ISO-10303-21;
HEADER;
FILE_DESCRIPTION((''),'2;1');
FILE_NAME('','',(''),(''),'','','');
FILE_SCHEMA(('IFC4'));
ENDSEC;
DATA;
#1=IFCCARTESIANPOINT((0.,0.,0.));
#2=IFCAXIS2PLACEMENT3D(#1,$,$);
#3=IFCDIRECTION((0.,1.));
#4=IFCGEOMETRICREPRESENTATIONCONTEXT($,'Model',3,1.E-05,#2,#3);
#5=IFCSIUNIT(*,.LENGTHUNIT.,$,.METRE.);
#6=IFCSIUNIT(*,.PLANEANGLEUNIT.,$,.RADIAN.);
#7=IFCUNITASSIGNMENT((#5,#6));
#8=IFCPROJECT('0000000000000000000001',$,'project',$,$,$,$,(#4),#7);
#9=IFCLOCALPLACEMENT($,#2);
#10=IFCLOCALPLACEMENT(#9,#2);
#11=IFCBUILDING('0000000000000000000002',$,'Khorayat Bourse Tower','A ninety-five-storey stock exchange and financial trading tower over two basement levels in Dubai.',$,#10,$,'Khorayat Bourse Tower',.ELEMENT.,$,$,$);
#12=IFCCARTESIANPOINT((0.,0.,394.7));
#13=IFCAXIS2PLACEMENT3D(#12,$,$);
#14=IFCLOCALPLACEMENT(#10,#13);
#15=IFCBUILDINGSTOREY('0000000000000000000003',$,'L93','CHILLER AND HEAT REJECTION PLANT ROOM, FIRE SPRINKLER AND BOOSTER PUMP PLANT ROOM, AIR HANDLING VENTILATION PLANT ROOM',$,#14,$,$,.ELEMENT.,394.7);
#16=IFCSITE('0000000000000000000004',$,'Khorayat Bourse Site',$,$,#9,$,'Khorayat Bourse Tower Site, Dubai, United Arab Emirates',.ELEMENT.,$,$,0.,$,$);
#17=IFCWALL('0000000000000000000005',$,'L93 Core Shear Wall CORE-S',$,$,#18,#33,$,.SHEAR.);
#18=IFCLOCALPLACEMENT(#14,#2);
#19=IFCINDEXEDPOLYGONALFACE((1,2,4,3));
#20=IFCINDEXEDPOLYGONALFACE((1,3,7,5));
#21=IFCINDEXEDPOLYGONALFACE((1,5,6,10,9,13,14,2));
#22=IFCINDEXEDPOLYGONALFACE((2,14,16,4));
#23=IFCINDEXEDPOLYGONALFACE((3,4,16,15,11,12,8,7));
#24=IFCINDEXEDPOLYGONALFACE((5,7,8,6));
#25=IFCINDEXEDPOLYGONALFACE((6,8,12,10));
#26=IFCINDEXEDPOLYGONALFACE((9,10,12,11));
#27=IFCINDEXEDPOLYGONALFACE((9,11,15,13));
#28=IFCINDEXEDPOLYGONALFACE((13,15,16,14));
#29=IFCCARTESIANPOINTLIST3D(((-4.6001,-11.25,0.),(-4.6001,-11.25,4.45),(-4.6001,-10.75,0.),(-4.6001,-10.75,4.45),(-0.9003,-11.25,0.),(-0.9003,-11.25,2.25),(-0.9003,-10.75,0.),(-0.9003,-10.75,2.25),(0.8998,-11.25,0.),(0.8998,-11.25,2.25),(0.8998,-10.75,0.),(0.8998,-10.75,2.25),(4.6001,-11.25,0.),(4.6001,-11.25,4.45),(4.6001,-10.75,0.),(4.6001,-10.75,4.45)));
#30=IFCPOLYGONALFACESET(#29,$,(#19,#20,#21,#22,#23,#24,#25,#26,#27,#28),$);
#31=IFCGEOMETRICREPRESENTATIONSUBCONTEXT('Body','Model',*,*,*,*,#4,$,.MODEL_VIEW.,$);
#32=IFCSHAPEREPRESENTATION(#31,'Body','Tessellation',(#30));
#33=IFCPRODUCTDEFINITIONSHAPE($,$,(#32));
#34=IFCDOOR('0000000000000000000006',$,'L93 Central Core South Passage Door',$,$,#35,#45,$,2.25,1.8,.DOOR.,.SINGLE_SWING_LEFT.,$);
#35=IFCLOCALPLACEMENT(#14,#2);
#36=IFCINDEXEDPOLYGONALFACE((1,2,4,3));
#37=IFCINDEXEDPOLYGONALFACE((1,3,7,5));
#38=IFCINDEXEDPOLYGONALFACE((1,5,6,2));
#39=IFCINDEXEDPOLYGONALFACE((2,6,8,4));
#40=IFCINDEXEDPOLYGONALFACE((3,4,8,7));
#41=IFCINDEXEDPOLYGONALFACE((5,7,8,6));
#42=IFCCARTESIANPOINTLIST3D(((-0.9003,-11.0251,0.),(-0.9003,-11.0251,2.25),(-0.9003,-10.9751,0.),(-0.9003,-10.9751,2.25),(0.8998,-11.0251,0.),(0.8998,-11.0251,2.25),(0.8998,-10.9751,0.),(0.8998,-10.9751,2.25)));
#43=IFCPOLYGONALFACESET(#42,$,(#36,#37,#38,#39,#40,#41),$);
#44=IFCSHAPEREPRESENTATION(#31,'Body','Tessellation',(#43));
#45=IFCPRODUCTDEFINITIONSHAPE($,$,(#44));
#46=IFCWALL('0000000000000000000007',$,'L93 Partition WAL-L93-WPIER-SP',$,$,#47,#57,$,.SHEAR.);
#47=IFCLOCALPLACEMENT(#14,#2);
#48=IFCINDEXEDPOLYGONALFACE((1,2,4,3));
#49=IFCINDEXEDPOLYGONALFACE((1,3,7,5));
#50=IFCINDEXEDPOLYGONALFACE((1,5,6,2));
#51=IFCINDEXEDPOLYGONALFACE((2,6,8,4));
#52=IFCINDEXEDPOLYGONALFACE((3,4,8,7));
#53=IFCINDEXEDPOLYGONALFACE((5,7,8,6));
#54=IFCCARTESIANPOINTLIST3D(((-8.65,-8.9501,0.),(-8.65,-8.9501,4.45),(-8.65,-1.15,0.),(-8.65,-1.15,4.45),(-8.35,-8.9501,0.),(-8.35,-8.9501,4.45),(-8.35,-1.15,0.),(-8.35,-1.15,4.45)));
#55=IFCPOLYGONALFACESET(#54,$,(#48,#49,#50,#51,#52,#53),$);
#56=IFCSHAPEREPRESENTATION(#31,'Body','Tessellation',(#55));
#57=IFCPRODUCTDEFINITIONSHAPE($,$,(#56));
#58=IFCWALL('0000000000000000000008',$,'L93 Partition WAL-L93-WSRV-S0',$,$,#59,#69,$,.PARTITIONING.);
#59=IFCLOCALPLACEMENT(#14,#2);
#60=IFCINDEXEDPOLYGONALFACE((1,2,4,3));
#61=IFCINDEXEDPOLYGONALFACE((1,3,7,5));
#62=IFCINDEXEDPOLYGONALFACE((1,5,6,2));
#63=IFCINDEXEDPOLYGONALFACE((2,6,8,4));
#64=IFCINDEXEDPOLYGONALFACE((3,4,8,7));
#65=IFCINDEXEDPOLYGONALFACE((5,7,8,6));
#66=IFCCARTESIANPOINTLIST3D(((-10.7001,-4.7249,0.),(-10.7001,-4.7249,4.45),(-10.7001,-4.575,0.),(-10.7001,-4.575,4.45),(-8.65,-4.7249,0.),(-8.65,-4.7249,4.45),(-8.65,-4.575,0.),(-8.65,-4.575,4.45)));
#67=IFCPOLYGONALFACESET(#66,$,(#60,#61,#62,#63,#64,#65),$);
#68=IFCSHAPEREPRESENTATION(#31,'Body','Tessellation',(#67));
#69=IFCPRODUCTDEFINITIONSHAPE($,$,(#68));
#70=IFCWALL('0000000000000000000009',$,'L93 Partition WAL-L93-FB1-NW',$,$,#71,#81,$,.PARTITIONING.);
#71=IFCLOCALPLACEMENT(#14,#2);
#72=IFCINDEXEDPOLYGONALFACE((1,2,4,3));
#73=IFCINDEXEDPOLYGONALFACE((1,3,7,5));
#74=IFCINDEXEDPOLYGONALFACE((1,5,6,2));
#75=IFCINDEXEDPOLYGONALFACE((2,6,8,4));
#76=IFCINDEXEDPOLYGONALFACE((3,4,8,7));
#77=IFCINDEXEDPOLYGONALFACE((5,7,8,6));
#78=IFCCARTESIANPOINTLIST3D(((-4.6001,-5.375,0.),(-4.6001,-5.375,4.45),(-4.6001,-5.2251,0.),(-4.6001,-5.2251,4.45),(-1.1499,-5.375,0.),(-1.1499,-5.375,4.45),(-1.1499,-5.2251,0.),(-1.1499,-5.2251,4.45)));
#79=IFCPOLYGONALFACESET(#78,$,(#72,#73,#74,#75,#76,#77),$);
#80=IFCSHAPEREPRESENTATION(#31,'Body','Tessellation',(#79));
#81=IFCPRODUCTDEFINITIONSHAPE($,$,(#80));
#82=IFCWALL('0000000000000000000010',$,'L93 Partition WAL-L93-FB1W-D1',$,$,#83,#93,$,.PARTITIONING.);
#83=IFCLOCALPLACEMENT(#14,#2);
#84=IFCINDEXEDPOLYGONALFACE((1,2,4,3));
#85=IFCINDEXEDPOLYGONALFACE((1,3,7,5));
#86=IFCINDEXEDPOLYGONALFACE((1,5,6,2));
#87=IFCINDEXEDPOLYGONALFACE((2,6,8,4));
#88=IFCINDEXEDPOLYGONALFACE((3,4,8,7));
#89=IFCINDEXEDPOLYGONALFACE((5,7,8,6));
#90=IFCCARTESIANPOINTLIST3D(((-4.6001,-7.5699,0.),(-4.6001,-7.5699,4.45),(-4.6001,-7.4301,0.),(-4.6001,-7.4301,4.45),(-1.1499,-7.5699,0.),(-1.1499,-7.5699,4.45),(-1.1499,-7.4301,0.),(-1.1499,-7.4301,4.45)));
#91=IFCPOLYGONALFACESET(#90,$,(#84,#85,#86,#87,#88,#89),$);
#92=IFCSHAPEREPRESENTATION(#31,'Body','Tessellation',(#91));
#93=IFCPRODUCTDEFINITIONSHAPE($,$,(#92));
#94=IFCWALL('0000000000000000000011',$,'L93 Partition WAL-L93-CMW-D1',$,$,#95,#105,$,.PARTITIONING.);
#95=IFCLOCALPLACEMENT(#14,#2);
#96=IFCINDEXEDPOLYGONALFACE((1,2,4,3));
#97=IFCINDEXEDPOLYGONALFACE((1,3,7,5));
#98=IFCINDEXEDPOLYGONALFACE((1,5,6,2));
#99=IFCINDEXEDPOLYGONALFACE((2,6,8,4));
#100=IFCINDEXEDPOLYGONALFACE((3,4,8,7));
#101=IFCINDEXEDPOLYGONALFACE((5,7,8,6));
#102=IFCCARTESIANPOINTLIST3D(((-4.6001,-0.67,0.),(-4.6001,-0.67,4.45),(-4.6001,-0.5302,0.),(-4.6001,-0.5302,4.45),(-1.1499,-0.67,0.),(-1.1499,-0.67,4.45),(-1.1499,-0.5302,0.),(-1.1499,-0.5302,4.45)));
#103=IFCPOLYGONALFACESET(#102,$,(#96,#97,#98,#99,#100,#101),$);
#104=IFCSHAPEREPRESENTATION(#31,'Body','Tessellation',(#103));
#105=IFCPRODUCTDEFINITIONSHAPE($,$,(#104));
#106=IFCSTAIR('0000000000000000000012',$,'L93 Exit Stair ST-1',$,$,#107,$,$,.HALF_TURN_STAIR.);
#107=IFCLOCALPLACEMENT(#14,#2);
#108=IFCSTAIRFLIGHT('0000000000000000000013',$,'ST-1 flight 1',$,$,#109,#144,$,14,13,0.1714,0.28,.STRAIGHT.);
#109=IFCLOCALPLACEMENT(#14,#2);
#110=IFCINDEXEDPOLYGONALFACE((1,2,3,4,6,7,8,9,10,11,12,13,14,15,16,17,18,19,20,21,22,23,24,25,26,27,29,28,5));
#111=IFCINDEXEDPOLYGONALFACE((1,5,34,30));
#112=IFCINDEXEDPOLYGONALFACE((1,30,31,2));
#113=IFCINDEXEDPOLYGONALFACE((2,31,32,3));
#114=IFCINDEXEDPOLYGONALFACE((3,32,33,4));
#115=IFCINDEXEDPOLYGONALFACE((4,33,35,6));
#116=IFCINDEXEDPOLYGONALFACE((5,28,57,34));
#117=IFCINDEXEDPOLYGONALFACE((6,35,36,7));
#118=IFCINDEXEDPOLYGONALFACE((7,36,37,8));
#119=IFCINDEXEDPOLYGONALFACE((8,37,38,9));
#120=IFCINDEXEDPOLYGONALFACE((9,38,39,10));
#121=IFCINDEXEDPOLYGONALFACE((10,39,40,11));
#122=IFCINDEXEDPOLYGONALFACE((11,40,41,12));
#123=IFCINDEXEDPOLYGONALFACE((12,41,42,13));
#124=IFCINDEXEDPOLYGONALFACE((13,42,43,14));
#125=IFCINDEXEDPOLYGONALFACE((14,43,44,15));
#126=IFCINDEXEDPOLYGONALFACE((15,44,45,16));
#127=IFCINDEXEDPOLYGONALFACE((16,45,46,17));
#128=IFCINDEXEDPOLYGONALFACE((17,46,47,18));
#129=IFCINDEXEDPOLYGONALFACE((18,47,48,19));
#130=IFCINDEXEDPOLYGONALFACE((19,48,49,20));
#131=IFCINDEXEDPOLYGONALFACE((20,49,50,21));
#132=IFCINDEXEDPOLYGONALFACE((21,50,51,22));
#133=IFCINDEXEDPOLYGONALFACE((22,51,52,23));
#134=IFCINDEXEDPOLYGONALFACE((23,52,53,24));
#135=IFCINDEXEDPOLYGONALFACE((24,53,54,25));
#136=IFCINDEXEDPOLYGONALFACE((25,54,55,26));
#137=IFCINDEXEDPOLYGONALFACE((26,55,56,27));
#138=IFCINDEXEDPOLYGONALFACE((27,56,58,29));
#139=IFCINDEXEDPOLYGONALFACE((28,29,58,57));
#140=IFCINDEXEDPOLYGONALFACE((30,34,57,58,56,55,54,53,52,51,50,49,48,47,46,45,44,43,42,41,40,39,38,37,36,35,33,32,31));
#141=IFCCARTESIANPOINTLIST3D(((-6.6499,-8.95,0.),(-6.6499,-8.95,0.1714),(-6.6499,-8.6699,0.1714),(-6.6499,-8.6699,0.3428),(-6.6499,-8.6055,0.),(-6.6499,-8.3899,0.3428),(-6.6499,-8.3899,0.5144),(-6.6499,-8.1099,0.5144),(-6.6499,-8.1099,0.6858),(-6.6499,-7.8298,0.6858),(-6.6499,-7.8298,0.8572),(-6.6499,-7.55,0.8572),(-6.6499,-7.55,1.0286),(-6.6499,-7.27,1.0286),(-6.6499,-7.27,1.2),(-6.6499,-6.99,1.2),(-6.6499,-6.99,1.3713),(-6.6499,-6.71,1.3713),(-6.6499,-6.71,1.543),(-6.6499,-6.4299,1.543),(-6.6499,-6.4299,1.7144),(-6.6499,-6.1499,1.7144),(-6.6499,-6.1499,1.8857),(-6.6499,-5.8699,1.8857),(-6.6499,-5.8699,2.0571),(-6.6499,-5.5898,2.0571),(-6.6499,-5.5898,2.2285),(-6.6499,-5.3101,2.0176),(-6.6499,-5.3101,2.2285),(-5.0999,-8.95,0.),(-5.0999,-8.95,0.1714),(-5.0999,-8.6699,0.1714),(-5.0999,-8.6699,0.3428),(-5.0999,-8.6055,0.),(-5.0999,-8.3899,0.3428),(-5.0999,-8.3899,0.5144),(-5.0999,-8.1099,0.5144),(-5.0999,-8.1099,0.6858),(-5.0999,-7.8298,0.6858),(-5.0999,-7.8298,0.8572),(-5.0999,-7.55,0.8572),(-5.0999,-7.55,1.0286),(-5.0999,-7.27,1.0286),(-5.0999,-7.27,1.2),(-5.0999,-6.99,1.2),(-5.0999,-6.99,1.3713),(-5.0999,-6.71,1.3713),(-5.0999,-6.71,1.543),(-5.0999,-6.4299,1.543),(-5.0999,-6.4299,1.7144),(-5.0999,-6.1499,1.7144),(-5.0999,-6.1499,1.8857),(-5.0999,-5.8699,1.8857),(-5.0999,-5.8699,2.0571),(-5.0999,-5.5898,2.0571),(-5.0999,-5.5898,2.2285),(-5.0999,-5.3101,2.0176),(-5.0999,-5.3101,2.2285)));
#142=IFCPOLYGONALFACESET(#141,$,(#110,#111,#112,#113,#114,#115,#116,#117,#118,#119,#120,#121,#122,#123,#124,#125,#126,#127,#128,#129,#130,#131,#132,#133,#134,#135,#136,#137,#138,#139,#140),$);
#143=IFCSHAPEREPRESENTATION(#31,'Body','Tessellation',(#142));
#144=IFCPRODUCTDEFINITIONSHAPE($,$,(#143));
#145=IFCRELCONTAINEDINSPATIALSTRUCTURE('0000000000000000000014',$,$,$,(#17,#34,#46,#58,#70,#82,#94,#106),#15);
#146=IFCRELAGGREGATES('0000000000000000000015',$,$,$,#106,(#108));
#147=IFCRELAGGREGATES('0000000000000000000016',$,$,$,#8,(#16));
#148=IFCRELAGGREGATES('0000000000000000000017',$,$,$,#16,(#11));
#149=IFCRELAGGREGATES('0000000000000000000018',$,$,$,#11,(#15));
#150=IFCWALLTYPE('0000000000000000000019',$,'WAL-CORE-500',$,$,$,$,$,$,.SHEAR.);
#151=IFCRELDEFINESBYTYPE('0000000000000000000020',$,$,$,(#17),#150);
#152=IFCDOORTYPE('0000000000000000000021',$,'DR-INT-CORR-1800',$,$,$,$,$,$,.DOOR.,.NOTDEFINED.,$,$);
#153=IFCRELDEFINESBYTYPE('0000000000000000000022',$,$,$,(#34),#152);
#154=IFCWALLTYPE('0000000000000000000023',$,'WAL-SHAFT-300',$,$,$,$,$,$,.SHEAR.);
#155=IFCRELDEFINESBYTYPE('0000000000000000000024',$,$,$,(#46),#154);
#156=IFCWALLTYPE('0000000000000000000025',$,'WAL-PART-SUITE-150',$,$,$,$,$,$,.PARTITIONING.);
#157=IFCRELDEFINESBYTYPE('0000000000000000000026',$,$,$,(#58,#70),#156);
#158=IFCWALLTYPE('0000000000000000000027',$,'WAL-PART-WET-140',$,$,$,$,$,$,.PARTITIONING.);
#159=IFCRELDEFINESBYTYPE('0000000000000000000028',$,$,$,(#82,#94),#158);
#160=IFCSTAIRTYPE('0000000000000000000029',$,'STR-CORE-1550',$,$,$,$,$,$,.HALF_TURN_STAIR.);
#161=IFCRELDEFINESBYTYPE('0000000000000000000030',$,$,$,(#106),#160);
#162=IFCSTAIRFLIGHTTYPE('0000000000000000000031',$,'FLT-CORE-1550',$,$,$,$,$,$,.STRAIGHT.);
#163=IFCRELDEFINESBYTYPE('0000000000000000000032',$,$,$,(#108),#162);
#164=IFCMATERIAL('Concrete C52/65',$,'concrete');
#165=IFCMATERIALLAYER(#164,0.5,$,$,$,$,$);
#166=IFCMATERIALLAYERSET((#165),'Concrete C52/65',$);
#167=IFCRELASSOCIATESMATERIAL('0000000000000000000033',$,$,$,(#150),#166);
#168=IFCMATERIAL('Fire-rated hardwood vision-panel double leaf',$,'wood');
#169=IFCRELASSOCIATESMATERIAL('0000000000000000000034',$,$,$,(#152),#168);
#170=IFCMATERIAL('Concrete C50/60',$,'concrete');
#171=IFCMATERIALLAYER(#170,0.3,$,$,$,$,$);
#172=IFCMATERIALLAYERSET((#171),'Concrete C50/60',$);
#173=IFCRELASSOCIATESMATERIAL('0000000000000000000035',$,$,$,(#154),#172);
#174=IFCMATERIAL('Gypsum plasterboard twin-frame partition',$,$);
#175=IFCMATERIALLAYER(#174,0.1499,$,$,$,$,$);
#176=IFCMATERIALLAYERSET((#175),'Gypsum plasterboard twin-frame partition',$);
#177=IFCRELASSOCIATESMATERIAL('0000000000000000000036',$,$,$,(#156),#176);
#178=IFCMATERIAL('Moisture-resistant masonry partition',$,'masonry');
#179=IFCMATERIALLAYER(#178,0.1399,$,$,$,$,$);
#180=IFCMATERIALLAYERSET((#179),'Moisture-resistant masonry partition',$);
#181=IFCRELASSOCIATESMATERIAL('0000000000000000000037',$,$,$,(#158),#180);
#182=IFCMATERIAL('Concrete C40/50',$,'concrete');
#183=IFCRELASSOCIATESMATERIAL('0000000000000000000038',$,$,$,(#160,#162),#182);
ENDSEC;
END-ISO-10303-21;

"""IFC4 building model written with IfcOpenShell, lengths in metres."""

from ifc_helpers import new_model, si_unit, direction, frame, frame_2d, origin, place, context, subcontext, project, spatial, polyline, rectangle, outline, extrude, source, transform, mapped, material, layer, layer_set, type_object, element, fill, aggregate, save


model = new_model("IFC4")

# Units and contexts
model_context = context("Model", 3, precision=1e-05, world=origin(), true_north=direction((0.0, 1.0)))
body_context = subcontext(model_context, "Body", "Model", "MODEL_VIEW")
ifc_project = project(units=[si_unit("LENGTHUNIT", "METRE"), si_unit("PLANEANGLEUNIT", "RADIAN")], contexts=[model_context])

# Site, building, storey
site_placement = place(None, origin())
site = spatial("IfcSite", under=ifc_project, at=site_placement, Name="Khorayat Bourse Site", LongName="Khorayat Bourse Tower Site, Dubai, United Arab Emirates", CompositionType="ELEMENT", RefElevation=0.0)
building_placement = place(site_placement, origin())
building = spatial("IfcBuilding", under=site, at=building_placement, Name="Khorayat Bourse Tower", Description="A ninety-five-storey stock exchange and financial trading tower over two basement levels in Dubai.", LongName="Khorayat Bourse Tower", CompositionType="ELEMENT")
storey_placement = place(building_placement, frame((0.0, 0.0, 394.7)))
storey = spatial("IfcBuildingStorey", under=building, at=storey_placement, Name="L93", Description="CHILLER AND HEAT REJECTION PLANT ROOM, FIRE SPRINKLER AND BOOSTER PUMP PLANT ROOM, AIR HANDLING VENTILATION PLANT ROOM", CompositionType="ELEMENT", Elevation=394.7)

# Shared definitions
ifc_material_1 = material(Name="Concrete C52/65", Category="concrete")

# Shared definitions
ifc_layer_1 = layer(ifc_material_1, 0.5)
ifc_layer_set_1 = layer_set([ifc_layer_1], Name="Concrete C52/65")
wall_type_1 = type_object("IfcWallType", Name="WAL-CORE-500", PredefinedType="SHEAR", material=ifc_layer_set_1)

# Wall, opening, door
shared_shape_1 = source(origin(), body_context, "Body", "SweptSolid", [
    extrude(rectangle(XDim=9.2002, YDim=0.5, at=frame_2d((4.6001, 0.0))), origin(), (0.0, 0.0, 1.0), 4.45),
])
wall_1_placement = place(storey_placement, frame((-4.6001, -11.0, 0.0), z_axis=(0.0, 0.0, 1.0), x_axis=(1.0, 0.0, 0.0)))
wall_1 = element("IfcWall", 1, at=wall_1_placement, inside=storey, type_object=wall_type_1, Name="L93 Core Shear Wall CORE-S", PredefinedType="SHEAR", context=body_context, shape_type="MappedRepresentation", body=[
    mapped(shared_shape_1, transform((0.0, 0.0, 0.0), scale=1.0)),
])
shared_shape_2 = source(origin(), body_context, "Body", "SweptSolid", [
    extrude(rectangle(XDim=1.8, YDim=2.25, at=frame_2d((0.8999, 1.125))), frame((0.0, 0.26, 0.0), z_axis=(0.0, -1.0, 0.0), x_axis=(1.0, 0.0, 0.0)), (0.0, 0.0, 1.0), 0.52),
])
opening_1_placement = place(wall_1_placement, frame((3.7, 0.0, 0.0)))
opening_1 = element("IfcOpeningElement", 2, at=opening_1_placement, cuts=wall_1, PredefinedType="OPENING", context=body_context, shape_type="MappedRepresentation", body=[
    mapped(shared_shape_2, transform((0.0, 0.0, 0.0), scale=1.0)),
])
ifc_material_2 = material(Name="Fire-rated hardwood vision-panel double leaf", Category="wood")
door_type_1 = type_object("IfcDoorType", Name="DR-INT-CORR-1800", OperationType="NOTDEFINED", PredefinedType="DOOR", material=ifc_material_2)
shared_shape_3 = source(origin(), body_context, "Body", "SweptSolid", [
    extrude(rectangle(XDim=1.8, YDim=2.25, at=frame_2d((0.8999, 1.125))), frame((0.0, 0.0249, 0.0), z_axis=(0.0, -1.0, 0.0), x_axis=(1.0, 0.0, 0.0)), (0.0, 0.0, 1.0), 0.05),
])
door_1_placement = place(opening_1_placement, origin())
door_1 = element("IfcDoor", 3, at=door_1_placement, inside=storey, type_object=door_type_1, Name="L93 Central Core South Passage Door", OperationType="SINGLE_SWING_LEFT", OverallHeight=2.25, OverallWidth=1.8, PredefinedType="DOOR", context=body_context, shape_type="MappedRepresentation", body=[
    mapped(shared_shape_3, transform((0.0, 0.0, 0.0), scale=1.0)),
])
fill(opening_1, door_1)

# Walls
ifc_material_3 = material(Name="Concrete C50/60", Category="concrete")
ifc_layer_2 = layer(ifc_material_3, 0.3)
ifc_layer_set_2 = layer_set([ifc_layer_2], Name="Concrete C50/60")
wall_type_2 = type_object("IfcWallType", Name="WAL-SHAFT-300", PredefinedType="SHEAR", material=ifc_layer_set_2)
shared_shape_4 = source(origin(), body_context, "Body", "SweptSolid", [
    extrude(rectangle(XDim=7.8, YDim=0.3, at=frame_2d((3.8999, 0.0))), origin(), (0.0, 0.0, 1.0), 4.45),
])
wall_2_placement = place(storey_placement, frame((-8.5, -8.95, 0.0), z_axis=(0.0, 0.0, 1.0), x_axis=(0.0, 1.0, 0.0)))
element("IfcWall", 4, at=wall_2_placement, inside=storey, type_object=wall_type_2, Name="L93 Partition WAL-L93-WPIER-SP", PredefinedType="SHEAR", context=body_context, shape_type="MappedRepresentation", body=[
    mapped(shared_shape_4, transform((0.0, 0.0, 0.0), scale=1.0)),
])
ifc_material_4 = material(Name="Gypsum plasterboard twin-frame partition")
ifc_layer_3 = layer(ifc_material_4, 0.1499)
ifc_layer_set_3 = layer_set([ifc_layer_3], Name="Gypsum plasterboard twin-frame partition")
wall_type_3 = type_object("IfcWallType", Name="WAL-PART-SUITE-150", PredefinedType="PARTITIONING", material=ifc_layer_set_3)
shared_shape_5 = source(origin(), body_context, "Body", "SweptSolid", [
    extrude(rectangle(XDim=2.05, YDim=0.1499, at=frame_2d((1.0249, 0.0))), origin(), (0.0, 0.0, 1.0), 4.45),
])
wall_3_placement = place(storey_placement, frame((-10.7, -4.6499, 0.0), z_axis=(0.0, 0.0, 1.0), x_axis=(1.0, 0.0, 0.0)))
element("IfcWall", 5, at=wall_3_placement, inside=storey, type_object=wall_type_3, Name="L93 Partition WAL-L93-WSRV-S0", PredefinedType="PARTITIONING", context=body_context, shape_type="MappedRepresentation", body=[
    mapped(shared_shape_5, transform((0.0, 0.0, 0.0), scale=1.0)),
])
shared_shape_6 = source(origin(), body_context, "Body", "SweptSolid", [
    extrude(rectangle(XDim=3.4502, YDim=0.1499, at=frame_2d((1.7251, 0.0))), origin(), (0.0, 0.0, 1.0), 4.45),
])
wall_4_placement = place(storey_placement, frame((-4.6001, -5.3, 0.0), z_axis=(0.0, 0.0, 1.0), x_axis=(1.0, 0.0, 0.0)))
element("IfcWall", 6, at=wall_4_placement, inside=storey, type_object=wall_type_3, Name="L93 Partition WAL-L93-FB1-NW", PredefinedType="PARTITIONING", context=body_context, shape_type="MappedRepresentation", body=[
    mapped(shared_shape_6, transform((0.0, 0.0, 0.0), scale=1.0)),
])
ifc_material_5 = material(Name="Moisture-resistant masonry partition", Category="masonry")
ifc_layer_4 = layer(ifc_material_5, 0.1399)
ifc_layer_set_4 = layer_set([ifc_layer_4], Name="Moisture-resistant masonry partition")
wall_type_4 = type_object("IfcWallType", Name="WAL-PART-WET-140", PredefinedType="PARTITIONING", material=ifc_layer_set_4)
shared_shape_7 = source(origin(), body_context, "Body", "SweptSolid", [
    extrude(rectangle(XDim=3.4502, YDim=0.1399, at=frame_2d((1.7251, 0.0))), origin(), (0.0, 0.0, 1.0), 4.45),
])
for number, where, z_axis, x_axis, name in (
    (7, (-4.6001, -7.5, 0.0), (0.0, 0.0, 1.0), (1.0, 0.0, 0.0), "L93 Partition WAL-L93-FB1W-D1"),
    (8, (-4.6001, -0.6001, 0.0), (0.0, 0.0, 1.0), (1.0, 0.0, 0.0), "L93 Partition WAL-L93-CMW-D1"),
):
    element("IfcWall", number, at=place(storey_placement, frame(where, z_axis=z_axis, x_axis=x_axis)), inside=storey, type_object=wall_type_4, Name=name, PredefinedType="PARTITIONING", context=body_context, shape_type="MappedRepresentation", body=[
        mapped(shared_shape_7, transform((0.0, 0.0, 0.0), scale=1.0)),
    ])

# Stair, stair flight
ifc_material_6 = material(Name="Concrete C40/50", Category="concrete")
stair_type = type_object("IfcStairType", Name="STR-CORE-1550", PredefinedType="HALF_TURN_STAIR", material=ifc_material_6)
stair_placement = place(storey_placement, origin())
stair = element("IfcStair", 9, at=stair_placement, inside=storey, type_object=stair_type, Name="L93 Exit Stair ST-1", PredefinedType="HALF_TURN_STAIR")
stair_flight_type = type_object("IfcStairFlightType", Name="FLT-CORE-1550", PredefinedType="STRAIGHT", material=ifc_material_6)
shared_shape_8 = source(origin(), body_context, "Body", "SweptSolid", [
    extrude(outline(polyline([(0.0, 0.0), (0.0, 0.1714), (0.28, 0.1714), (0.28, 0.3428), (0.5601, 0.3428), (0.5601, 0.5144), (0.8401, 0.5144), (0.8401, 0.6858), (1.1201, 0.6858), (1.1201, 0.8572), (1.3999, 0.8572), (1.3999, 1.0286), (1.6799, 1.0286), (1.6799, 1.2), (1.96, 1.2), (1.96, 1.3713), (2.24, 1.3713), (2.24, 1.543), (2.52, 1.543), (2.52, 1.7144), (2.8, 1.7144), (2.8, 1.8857), (3.0801, 1.8857), (3.0801, 2.0571), (3.3601, 2.0571), (3.3601, 2.2285), (3.6399, 2.2285), (3.6399, 2.3999), (3.6399, 2.0176), (0.3445, 0.0), (0.0, 0.0)])), frame((0.0, 0.7749, 0.0), z_axis=(0.0, -1.0, 0.0), x_axis=(1.0, 0.0, 0.0)), (0.0, 0.0, 1.0), 1.55),
])
stair_flight_1_placement = place(storey_placement, frame((-5.875, -8.95, 0.0), z_axis=(0.0, 0.0, 1.0), x_axis=(0.0, 1.0, 0.0)))
stair_flight_1 = element("IfcStairFlight", 10, at=stair_flight_1_placement, type_object=stair_flight_type, Name="ST-1 flight 1", NumberOfRisers=14, NumberOfTreads=13, PredefinedType="STRAIGHT", RiserHeight=0.1714, TreadLength=0.28, context=body_context, shape_type="MappedRepresentation", body=[
    mapped(shared_shape_8, transform((0.0, 0.0, 0.0), scale=1.0)),
])
aggregate(stair, [stair_flight_1])

save(model, "model.ifc")
